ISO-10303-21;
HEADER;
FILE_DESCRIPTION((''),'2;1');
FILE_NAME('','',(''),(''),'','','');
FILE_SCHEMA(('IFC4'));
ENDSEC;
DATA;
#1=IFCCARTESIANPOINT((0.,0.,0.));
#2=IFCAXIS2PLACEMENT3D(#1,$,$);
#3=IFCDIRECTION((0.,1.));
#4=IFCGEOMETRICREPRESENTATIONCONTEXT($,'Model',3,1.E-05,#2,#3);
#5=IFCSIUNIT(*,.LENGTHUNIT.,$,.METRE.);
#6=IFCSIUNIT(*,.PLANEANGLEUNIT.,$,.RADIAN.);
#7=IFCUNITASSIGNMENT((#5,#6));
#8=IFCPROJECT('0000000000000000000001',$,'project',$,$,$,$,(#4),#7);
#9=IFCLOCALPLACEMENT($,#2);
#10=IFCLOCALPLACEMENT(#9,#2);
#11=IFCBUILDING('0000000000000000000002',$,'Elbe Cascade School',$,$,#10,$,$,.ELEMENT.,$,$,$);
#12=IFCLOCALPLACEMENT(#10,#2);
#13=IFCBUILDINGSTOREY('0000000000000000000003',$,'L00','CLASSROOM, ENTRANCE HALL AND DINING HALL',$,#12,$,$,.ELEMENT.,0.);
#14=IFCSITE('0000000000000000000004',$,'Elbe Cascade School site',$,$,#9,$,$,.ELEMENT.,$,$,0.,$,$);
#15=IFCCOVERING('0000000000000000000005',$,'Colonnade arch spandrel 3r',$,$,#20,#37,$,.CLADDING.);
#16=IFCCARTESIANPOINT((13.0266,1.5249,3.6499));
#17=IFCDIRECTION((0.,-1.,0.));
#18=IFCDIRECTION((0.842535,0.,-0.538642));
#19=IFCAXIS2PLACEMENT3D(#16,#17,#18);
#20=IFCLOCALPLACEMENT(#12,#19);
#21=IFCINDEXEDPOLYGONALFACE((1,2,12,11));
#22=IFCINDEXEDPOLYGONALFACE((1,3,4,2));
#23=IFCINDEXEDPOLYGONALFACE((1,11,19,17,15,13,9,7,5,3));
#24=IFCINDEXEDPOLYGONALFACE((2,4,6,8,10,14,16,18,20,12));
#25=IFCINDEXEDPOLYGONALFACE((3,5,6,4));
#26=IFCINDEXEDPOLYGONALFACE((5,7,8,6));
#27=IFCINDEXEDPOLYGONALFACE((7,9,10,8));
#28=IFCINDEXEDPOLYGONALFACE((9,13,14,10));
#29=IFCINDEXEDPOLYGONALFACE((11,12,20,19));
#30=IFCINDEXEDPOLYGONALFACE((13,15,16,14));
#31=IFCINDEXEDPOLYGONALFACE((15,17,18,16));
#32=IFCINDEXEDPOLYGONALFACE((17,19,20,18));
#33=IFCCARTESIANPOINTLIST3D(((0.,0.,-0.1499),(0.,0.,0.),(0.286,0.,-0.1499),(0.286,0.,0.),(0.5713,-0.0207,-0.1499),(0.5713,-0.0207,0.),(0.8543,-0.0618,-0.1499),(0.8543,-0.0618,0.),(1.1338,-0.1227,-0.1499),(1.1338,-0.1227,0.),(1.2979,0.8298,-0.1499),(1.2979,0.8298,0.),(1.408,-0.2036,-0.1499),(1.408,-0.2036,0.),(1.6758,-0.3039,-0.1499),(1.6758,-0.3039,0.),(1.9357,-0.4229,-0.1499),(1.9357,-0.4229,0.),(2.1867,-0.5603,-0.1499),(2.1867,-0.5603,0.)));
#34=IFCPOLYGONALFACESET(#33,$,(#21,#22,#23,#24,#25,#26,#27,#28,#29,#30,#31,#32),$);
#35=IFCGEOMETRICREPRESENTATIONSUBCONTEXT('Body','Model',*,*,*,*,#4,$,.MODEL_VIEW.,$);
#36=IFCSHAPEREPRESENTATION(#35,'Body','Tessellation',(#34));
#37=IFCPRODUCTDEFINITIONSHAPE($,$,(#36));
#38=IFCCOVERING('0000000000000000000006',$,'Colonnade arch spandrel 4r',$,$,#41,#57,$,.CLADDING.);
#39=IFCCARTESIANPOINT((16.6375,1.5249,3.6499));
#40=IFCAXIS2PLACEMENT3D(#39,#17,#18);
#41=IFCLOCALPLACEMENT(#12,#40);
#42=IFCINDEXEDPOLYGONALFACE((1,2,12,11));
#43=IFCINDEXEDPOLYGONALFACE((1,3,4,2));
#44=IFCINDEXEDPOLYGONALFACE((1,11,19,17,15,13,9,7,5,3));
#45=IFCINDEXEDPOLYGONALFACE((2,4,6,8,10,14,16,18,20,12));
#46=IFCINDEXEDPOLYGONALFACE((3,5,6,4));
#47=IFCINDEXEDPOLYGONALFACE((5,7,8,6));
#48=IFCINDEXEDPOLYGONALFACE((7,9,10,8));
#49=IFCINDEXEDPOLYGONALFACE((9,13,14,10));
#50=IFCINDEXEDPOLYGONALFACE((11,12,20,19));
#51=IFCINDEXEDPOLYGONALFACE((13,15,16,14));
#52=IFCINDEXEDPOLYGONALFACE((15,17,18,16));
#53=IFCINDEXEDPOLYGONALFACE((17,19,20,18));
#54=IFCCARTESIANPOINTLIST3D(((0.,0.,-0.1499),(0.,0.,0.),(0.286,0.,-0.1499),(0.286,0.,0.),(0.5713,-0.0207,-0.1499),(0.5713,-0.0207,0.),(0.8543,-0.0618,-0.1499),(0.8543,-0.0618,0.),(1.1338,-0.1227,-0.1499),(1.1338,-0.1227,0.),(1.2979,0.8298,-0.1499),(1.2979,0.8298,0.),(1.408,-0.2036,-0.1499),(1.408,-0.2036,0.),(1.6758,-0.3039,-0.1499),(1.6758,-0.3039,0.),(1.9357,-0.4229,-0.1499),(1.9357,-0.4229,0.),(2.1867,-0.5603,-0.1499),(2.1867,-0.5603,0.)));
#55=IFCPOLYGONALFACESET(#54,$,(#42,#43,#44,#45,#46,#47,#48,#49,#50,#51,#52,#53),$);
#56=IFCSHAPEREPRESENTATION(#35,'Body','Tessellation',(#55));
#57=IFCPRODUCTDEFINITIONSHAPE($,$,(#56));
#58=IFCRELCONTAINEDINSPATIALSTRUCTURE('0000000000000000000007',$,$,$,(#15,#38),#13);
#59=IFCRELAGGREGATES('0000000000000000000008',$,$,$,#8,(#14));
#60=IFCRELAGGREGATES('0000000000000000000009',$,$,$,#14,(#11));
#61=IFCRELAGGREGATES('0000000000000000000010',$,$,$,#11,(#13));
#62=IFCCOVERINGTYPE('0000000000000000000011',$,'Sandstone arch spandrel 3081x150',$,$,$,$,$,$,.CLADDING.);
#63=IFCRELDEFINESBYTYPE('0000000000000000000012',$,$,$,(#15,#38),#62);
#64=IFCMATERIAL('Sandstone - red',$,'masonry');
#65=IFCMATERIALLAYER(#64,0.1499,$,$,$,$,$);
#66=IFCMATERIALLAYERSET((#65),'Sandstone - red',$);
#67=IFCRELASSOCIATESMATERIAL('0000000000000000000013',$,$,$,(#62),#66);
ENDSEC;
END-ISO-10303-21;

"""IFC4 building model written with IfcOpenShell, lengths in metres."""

from ifc_helpers import new_model, si_unit, direction, frame, origin, place, context, subcontext, project, spatial, polyline, outline, extrude, material, layer, layer_set, type_object, element, save


model = new_model("IFC4")

# Units and contexts
model_context = context("Model", 3, precision=1e-05, world=origin(), true_north=direction((0.0, 1.0)))
body_context = subcontext(model_context, "Body", "Model", "MODEL_VIEW")
ifc_project = project(units=[si_unit("LENGTHUNIT", "METRE"), si_unit("PLANEANGLEUNIT", "RADIAN")], contexts=[model_context])

# Site, building, storey
site_placement = place(None, origin())
site = spatial("IfcSite", under=ifc_project, at=site_placement, Name="Elbe Cascade School site", CompositionType="ELEMENT", RefElevation=0.0)
building_placement = place(site_placement, origin())
building = spatial("IfcBuilding", under=site, at=building_placement, Name="Elbe Cascade School", CompositionType="ELEMENT")
storey_placement = place(building_placement, origin())
storey = spatial("IfcBuildingStorey", under=building, at=storey_placement, Name="L00", Description="CLASSROOM, ENTRANCE HALL AND DINING HALL", CompositionType="ELEMENT", Elevation=0.0)

# Coverings
ifc_material_1 = material(Name="Sandstone - red", Category="masonry")
ifc_layer_1 = layer(ifc_material_1, 0.1499)
ifc_layer_set_1 = layer_set([ifc_layer_1], Name="Sandstone - red")
covering_type = type_object("IfcCoveringType", Name="Sandstone arch spandrel 3081x150", PredefinedType="CLADDING", material=ifc_layer_set_1)
covering_1_placement = place(storey_placement, frame((13.0266, 1.5249, 3.6499), z_axis=(0.0, -1.0, 0.0), x_axis=(0.842535, 0.0, -0.538642)))
element("IfcCovering", 1, at=covering_1_placement, inside=storey, type_object=covering_type, Name="Colonnade arch spandrel 3r", PredefinedType="CLADDING", context=body_context, shape_type="SweptSolid", body=[
    extrude(outline(polyline([(0.0, 0.0), (0.286, 0.0), (0.5713, -0.0207), (0.8543, -0.0618), (1.1338, -0.1227), (1.408, -0.2036), (1.6758, -0.3039), (1.9357, -0.4229), (2.1867, -0.5603), (1.2979, 0.8298), (0.0, 0.0)])), origin(), (0.0, 0.0, -1.0), 0.1499),
])
covering_2_placement = place(storey_placement, frame((16.6375, 1.5249, 3.6499), z_axis=(0.0, -1.0, 0.0), x_axis=(0.842535, 0.0, -0.538642)))
element("IfcCovering", 2, at=covering_2_placement, inside=storey, type_object=covering_type, Name="Colonnade arch spandrel 4r", PredefinedType="CLADDING", context=body_context, shape_type="SweptSolid", body=[
    extrude(outline(polyline([(0.0, 0.0), (0.286, 0.0), (0.5713, -0.0207), (0.8543, -0.0618), (1.1338, -0.1227), (1.408, -0.2036), (1.6758, -0.3039), (1.9357, -0.4229), (2.1867, -0.5603), (1.2979, 0.8298), (0.0, 0.0)])), origin(), (0.0, 0.0, -1.0), 0.1499),
])

save(model, "model.ifc")
